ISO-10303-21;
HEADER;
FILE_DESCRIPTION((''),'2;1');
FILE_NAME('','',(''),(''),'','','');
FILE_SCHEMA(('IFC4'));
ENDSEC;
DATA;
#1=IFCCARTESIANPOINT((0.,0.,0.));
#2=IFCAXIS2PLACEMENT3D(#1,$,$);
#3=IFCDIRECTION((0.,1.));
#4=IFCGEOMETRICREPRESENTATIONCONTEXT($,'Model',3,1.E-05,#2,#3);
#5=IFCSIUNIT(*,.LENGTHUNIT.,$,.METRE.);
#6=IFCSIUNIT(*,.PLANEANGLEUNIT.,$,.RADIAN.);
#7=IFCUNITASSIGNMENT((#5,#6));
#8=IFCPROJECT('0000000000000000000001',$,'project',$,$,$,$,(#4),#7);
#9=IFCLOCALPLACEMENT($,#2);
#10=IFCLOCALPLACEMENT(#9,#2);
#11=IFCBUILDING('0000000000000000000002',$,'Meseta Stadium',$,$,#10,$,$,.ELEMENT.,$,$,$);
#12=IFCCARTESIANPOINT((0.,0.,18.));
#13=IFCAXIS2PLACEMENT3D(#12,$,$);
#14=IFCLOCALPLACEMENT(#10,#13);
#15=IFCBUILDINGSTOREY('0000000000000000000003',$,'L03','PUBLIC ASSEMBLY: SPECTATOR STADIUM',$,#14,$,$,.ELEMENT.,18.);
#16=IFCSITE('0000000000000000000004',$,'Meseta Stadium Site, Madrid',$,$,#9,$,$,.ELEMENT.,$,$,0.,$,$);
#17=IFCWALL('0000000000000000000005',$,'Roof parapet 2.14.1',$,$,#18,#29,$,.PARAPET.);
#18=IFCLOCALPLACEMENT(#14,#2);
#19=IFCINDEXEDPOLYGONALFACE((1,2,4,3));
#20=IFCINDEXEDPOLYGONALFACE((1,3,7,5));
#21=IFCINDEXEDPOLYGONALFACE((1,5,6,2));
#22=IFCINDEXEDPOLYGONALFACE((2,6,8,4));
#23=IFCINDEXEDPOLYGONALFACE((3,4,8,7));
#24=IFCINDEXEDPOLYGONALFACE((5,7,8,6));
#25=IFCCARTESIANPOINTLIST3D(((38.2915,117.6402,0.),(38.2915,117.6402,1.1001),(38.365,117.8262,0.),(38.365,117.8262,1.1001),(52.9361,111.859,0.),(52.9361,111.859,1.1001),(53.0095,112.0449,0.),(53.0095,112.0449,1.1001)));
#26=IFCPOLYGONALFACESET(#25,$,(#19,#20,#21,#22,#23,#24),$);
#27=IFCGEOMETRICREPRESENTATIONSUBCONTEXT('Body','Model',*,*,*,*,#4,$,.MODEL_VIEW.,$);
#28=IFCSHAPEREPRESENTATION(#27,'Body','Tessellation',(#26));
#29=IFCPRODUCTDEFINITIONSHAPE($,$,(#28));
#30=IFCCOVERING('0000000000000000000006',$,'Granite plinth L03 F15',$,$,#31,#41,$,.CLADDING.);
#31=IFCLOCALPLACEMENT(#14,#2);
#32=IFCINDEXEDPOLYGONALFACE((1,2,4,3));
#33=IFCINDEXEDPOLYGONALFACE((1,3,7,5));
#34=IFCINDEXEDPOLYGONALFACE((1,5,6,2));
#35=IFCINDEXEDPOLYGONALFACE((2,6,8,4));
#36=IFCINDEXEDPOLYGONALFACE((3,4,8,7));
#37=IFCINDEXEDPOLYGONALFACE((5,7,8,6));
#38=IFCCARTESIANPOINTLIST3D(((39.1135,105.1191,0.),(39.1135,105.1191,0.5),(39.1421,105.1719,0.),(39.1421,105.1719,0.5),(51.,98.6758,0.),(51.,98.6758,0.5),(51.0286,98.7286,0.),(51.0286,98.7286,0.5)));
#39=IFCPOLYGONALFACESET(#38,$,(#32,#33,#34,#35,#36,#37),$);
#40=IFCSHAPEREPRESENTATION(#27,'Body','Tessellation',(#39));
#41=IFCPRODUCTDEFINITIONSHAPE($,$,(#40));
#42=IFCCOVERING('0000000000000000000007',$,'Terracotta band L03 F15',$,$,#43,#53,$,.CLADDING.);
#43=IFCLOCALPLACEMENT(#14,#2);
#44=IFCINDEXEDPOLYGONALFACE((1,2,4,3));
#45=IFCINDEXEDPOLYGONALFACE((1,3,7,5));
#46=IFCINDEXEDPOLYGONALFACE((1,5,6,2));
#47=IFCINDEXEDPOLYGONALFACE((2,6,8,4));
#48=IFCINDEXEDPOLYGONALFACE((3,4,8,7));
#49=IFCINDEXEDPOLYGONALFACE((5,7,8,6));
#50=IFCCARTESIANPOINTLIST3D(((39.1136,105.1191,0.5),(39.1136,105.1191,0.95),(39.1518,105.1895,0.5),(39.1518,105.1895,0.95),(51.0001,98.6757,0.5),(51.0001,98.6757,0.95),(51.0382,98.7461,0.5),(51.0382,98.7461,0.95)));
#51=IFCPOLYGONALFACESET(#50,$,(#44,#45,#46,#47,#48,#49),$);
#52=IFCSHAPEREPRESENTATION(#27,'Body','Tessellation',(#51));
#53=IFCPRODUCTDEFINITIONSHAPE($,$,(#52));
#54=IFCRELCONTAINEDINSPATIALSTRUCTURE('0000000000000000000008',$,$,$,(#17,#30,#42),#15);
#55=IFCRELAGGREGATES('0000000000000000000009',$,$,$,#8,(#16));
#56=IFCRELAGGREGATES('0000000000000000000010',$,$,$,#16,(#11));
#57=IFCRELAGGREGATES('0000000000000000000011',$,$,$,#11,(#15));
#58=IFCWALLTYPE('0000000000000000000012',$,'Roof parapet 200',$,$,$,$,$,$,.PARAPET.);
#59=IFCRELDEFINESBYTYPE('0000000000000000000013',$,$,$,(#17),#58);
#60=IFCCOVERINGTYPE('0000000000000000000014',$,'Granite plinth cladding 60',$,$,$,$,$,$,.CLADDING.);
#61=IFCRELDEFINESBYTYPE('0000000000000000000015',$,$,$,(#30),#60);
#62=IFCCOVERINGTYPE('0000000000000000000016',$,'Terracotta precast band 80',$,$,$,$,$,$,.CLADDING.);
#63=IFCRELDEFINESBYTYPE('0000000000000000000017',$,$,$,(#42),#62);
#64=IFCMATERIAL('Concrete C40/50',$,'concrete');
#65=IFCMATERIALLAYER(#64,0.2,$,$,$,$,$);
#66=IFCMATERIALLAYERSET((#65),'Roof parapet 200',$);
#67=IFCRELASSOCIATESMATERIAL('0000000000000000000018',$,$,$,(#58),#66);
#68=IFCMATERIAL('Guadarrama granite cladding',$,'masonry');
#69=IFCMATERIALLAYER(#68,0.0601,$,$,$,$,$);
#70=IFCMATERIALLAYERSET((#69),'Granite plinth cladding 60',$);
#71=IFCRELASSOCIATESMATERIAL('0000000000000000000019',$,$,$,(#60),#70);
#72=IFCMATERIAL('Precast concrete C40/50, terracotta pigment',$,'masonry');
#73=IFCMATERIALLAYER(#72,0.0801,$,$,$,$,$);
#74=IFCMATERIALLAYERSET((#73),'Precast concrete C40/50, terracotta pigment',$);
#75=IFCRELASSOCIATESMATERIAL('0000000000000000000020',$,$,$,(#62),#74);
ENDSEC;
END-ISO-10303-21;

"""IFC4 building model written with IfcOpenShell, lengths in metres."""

from ifc_helpers import new_model, si_unit, direction, frame, frame_2d, origin, origin_2d, place, context, subcontext, project, spatial, rectangle, extrude, material, layer, layer_set, type_object, element, save


model = new_model("IFC4")

# Units and contexts
model_context = context("Model", 3, precision=1e-05, world=origin(), true_north=direction((0.0, 1.0)))
body_context = subcontext(model_context, "Body", "Model", "MODEL_VIEW")
ifc_project = project(units=[si_unit("LENGTHUNIT", "METRE"), si_unit("PLANEANGLEUNIT", "RADIAN")], contexts=[model_context])

# Site, building, storey
site_placement = place(None, origin())
site = spatial("IfcSite", under=ifc_project, at=site_placement, Name="Meseta Stadium Site, Madrid", CompositionType="ELEMENT", RefElevation=0.0)
building_placement = place(site_placement, origin())
building = spatial("IfcBuilding", under=site, at=building_placement, Name="Meseta Stadium", CompositionType="ELEMENT")
storey_placement = place(building_placement, frame((0.0, 0.0, 18.0)))
storey = spatial("IfcBuildingStorey", under=building, at=storey_placement, Name="L03", Description="PUBLIC ASSEMBLY: SPECTATOR STADIUM", CompositionType="ELEMENT", Elevation=18.0)

# Wall
ifc_material_1 = material(Name="Concrete C40/50", Category="concrete")
ifc_layer_1 = layer(ifc_material_1, 0.2)
ifc_layer_set_1 = layer_set([ifc_layer_1], Name="Roof parapet 200")
wall_type_1 = type_object("IfcWallType", Name="Roof parapet 200", PredefinedType="PARAPET", material=ifc_layer_set_1)
wall_1_placement = place(storey_placement, frame((38.3284, 117.7332, 0.0), z_axis=(0.0, 0.0, 1.0), x_axis=(0.930144, -0.367195, 0.0)))
element("IfcWall", 1, at=wall_1_placement, inside=storey, type_object=wall_type_1, Name="Roof parapet 2.14.1", PredefinedType="PARAPET", context=body_context, shape_type="SweptSolid", body=[
    extrude(rectangle(XDim=15.7444, YDim=0.2, at=frame_2d((7.8721, 0.0))), origin(), (0.0, 0.0, 1.0), 1.1001),
])

# Coverings
ifc_material_2 = material(Name="Guadarrama granite cladding", Category="masonry")
ifc_layer_2 = layer(ifc_material_2, 0.0601)
ifc_layer_set_2 = layer_set([ifc_layer_2], Name="Granite plinth cladding 60")
covering_type_1 = type_object("IfcCoveringType", Name="Granite plinth cladding 60", PredefinedType="CLADDING", material=ifc_layer_set_2)
covering_1_placement = place(storey_placement, frame((45.071, 101.9238, 0.0), z_axis=(0.0, 0.0, 1.0), x_axis=(0.879142, -0.47656, 0.0)))
element("IfcCovering", 2, at=covering_1_placement, inside=storey, type_object=covering_type_1, Name="Granite plinth L03 F15", PredefinedType="CLADDING", context=body_context, shape_type="SweptSolid", body=[
    extrude(rectangle(XDim=13.5205, YDim=0.0601, at=origin_2d()), origin(), (0.0, 0.0, 1.0), 0.5),
])
ifc_material_3 = material(Name="Precast concrete C40/50, terracotta pigment", Category="masonry")
ifc_layer_3 = layer(ifc_material_3, 0.0801)
ifc_layer_set_3 = layer_set([ifc_layer_3], Name="Precast concrete C40/50, terracotta pigment")
covering_type_2 = type_object("IfcCoveringType", Name="Terracotta precast band 80", PredefinedType="CLADDING", material=ifc_layer_set_3)
covering_2_placement = place(storey_placement, frame((45.0759, 101.9326, 0.5), z_axis=(0.0, 0.0, 1.0), x_axis=(0.879142, -0.47656, 0.0)))
element("IfcCovering", 3, at=covering_2_placement, inside=storey, type_object=covering_type_2, Name="Terracotta band L03 F15", PredefinedType="CLADDING", context=body_context, shape_type="SweptSolid", body=[
    extrude(rectangle(XDim=13.5205, YDim=0.0801, at=origin_2d()), origin(), (0.0, 0.0, 1.0), 0.45),
])

save(model, "model.ifc")
